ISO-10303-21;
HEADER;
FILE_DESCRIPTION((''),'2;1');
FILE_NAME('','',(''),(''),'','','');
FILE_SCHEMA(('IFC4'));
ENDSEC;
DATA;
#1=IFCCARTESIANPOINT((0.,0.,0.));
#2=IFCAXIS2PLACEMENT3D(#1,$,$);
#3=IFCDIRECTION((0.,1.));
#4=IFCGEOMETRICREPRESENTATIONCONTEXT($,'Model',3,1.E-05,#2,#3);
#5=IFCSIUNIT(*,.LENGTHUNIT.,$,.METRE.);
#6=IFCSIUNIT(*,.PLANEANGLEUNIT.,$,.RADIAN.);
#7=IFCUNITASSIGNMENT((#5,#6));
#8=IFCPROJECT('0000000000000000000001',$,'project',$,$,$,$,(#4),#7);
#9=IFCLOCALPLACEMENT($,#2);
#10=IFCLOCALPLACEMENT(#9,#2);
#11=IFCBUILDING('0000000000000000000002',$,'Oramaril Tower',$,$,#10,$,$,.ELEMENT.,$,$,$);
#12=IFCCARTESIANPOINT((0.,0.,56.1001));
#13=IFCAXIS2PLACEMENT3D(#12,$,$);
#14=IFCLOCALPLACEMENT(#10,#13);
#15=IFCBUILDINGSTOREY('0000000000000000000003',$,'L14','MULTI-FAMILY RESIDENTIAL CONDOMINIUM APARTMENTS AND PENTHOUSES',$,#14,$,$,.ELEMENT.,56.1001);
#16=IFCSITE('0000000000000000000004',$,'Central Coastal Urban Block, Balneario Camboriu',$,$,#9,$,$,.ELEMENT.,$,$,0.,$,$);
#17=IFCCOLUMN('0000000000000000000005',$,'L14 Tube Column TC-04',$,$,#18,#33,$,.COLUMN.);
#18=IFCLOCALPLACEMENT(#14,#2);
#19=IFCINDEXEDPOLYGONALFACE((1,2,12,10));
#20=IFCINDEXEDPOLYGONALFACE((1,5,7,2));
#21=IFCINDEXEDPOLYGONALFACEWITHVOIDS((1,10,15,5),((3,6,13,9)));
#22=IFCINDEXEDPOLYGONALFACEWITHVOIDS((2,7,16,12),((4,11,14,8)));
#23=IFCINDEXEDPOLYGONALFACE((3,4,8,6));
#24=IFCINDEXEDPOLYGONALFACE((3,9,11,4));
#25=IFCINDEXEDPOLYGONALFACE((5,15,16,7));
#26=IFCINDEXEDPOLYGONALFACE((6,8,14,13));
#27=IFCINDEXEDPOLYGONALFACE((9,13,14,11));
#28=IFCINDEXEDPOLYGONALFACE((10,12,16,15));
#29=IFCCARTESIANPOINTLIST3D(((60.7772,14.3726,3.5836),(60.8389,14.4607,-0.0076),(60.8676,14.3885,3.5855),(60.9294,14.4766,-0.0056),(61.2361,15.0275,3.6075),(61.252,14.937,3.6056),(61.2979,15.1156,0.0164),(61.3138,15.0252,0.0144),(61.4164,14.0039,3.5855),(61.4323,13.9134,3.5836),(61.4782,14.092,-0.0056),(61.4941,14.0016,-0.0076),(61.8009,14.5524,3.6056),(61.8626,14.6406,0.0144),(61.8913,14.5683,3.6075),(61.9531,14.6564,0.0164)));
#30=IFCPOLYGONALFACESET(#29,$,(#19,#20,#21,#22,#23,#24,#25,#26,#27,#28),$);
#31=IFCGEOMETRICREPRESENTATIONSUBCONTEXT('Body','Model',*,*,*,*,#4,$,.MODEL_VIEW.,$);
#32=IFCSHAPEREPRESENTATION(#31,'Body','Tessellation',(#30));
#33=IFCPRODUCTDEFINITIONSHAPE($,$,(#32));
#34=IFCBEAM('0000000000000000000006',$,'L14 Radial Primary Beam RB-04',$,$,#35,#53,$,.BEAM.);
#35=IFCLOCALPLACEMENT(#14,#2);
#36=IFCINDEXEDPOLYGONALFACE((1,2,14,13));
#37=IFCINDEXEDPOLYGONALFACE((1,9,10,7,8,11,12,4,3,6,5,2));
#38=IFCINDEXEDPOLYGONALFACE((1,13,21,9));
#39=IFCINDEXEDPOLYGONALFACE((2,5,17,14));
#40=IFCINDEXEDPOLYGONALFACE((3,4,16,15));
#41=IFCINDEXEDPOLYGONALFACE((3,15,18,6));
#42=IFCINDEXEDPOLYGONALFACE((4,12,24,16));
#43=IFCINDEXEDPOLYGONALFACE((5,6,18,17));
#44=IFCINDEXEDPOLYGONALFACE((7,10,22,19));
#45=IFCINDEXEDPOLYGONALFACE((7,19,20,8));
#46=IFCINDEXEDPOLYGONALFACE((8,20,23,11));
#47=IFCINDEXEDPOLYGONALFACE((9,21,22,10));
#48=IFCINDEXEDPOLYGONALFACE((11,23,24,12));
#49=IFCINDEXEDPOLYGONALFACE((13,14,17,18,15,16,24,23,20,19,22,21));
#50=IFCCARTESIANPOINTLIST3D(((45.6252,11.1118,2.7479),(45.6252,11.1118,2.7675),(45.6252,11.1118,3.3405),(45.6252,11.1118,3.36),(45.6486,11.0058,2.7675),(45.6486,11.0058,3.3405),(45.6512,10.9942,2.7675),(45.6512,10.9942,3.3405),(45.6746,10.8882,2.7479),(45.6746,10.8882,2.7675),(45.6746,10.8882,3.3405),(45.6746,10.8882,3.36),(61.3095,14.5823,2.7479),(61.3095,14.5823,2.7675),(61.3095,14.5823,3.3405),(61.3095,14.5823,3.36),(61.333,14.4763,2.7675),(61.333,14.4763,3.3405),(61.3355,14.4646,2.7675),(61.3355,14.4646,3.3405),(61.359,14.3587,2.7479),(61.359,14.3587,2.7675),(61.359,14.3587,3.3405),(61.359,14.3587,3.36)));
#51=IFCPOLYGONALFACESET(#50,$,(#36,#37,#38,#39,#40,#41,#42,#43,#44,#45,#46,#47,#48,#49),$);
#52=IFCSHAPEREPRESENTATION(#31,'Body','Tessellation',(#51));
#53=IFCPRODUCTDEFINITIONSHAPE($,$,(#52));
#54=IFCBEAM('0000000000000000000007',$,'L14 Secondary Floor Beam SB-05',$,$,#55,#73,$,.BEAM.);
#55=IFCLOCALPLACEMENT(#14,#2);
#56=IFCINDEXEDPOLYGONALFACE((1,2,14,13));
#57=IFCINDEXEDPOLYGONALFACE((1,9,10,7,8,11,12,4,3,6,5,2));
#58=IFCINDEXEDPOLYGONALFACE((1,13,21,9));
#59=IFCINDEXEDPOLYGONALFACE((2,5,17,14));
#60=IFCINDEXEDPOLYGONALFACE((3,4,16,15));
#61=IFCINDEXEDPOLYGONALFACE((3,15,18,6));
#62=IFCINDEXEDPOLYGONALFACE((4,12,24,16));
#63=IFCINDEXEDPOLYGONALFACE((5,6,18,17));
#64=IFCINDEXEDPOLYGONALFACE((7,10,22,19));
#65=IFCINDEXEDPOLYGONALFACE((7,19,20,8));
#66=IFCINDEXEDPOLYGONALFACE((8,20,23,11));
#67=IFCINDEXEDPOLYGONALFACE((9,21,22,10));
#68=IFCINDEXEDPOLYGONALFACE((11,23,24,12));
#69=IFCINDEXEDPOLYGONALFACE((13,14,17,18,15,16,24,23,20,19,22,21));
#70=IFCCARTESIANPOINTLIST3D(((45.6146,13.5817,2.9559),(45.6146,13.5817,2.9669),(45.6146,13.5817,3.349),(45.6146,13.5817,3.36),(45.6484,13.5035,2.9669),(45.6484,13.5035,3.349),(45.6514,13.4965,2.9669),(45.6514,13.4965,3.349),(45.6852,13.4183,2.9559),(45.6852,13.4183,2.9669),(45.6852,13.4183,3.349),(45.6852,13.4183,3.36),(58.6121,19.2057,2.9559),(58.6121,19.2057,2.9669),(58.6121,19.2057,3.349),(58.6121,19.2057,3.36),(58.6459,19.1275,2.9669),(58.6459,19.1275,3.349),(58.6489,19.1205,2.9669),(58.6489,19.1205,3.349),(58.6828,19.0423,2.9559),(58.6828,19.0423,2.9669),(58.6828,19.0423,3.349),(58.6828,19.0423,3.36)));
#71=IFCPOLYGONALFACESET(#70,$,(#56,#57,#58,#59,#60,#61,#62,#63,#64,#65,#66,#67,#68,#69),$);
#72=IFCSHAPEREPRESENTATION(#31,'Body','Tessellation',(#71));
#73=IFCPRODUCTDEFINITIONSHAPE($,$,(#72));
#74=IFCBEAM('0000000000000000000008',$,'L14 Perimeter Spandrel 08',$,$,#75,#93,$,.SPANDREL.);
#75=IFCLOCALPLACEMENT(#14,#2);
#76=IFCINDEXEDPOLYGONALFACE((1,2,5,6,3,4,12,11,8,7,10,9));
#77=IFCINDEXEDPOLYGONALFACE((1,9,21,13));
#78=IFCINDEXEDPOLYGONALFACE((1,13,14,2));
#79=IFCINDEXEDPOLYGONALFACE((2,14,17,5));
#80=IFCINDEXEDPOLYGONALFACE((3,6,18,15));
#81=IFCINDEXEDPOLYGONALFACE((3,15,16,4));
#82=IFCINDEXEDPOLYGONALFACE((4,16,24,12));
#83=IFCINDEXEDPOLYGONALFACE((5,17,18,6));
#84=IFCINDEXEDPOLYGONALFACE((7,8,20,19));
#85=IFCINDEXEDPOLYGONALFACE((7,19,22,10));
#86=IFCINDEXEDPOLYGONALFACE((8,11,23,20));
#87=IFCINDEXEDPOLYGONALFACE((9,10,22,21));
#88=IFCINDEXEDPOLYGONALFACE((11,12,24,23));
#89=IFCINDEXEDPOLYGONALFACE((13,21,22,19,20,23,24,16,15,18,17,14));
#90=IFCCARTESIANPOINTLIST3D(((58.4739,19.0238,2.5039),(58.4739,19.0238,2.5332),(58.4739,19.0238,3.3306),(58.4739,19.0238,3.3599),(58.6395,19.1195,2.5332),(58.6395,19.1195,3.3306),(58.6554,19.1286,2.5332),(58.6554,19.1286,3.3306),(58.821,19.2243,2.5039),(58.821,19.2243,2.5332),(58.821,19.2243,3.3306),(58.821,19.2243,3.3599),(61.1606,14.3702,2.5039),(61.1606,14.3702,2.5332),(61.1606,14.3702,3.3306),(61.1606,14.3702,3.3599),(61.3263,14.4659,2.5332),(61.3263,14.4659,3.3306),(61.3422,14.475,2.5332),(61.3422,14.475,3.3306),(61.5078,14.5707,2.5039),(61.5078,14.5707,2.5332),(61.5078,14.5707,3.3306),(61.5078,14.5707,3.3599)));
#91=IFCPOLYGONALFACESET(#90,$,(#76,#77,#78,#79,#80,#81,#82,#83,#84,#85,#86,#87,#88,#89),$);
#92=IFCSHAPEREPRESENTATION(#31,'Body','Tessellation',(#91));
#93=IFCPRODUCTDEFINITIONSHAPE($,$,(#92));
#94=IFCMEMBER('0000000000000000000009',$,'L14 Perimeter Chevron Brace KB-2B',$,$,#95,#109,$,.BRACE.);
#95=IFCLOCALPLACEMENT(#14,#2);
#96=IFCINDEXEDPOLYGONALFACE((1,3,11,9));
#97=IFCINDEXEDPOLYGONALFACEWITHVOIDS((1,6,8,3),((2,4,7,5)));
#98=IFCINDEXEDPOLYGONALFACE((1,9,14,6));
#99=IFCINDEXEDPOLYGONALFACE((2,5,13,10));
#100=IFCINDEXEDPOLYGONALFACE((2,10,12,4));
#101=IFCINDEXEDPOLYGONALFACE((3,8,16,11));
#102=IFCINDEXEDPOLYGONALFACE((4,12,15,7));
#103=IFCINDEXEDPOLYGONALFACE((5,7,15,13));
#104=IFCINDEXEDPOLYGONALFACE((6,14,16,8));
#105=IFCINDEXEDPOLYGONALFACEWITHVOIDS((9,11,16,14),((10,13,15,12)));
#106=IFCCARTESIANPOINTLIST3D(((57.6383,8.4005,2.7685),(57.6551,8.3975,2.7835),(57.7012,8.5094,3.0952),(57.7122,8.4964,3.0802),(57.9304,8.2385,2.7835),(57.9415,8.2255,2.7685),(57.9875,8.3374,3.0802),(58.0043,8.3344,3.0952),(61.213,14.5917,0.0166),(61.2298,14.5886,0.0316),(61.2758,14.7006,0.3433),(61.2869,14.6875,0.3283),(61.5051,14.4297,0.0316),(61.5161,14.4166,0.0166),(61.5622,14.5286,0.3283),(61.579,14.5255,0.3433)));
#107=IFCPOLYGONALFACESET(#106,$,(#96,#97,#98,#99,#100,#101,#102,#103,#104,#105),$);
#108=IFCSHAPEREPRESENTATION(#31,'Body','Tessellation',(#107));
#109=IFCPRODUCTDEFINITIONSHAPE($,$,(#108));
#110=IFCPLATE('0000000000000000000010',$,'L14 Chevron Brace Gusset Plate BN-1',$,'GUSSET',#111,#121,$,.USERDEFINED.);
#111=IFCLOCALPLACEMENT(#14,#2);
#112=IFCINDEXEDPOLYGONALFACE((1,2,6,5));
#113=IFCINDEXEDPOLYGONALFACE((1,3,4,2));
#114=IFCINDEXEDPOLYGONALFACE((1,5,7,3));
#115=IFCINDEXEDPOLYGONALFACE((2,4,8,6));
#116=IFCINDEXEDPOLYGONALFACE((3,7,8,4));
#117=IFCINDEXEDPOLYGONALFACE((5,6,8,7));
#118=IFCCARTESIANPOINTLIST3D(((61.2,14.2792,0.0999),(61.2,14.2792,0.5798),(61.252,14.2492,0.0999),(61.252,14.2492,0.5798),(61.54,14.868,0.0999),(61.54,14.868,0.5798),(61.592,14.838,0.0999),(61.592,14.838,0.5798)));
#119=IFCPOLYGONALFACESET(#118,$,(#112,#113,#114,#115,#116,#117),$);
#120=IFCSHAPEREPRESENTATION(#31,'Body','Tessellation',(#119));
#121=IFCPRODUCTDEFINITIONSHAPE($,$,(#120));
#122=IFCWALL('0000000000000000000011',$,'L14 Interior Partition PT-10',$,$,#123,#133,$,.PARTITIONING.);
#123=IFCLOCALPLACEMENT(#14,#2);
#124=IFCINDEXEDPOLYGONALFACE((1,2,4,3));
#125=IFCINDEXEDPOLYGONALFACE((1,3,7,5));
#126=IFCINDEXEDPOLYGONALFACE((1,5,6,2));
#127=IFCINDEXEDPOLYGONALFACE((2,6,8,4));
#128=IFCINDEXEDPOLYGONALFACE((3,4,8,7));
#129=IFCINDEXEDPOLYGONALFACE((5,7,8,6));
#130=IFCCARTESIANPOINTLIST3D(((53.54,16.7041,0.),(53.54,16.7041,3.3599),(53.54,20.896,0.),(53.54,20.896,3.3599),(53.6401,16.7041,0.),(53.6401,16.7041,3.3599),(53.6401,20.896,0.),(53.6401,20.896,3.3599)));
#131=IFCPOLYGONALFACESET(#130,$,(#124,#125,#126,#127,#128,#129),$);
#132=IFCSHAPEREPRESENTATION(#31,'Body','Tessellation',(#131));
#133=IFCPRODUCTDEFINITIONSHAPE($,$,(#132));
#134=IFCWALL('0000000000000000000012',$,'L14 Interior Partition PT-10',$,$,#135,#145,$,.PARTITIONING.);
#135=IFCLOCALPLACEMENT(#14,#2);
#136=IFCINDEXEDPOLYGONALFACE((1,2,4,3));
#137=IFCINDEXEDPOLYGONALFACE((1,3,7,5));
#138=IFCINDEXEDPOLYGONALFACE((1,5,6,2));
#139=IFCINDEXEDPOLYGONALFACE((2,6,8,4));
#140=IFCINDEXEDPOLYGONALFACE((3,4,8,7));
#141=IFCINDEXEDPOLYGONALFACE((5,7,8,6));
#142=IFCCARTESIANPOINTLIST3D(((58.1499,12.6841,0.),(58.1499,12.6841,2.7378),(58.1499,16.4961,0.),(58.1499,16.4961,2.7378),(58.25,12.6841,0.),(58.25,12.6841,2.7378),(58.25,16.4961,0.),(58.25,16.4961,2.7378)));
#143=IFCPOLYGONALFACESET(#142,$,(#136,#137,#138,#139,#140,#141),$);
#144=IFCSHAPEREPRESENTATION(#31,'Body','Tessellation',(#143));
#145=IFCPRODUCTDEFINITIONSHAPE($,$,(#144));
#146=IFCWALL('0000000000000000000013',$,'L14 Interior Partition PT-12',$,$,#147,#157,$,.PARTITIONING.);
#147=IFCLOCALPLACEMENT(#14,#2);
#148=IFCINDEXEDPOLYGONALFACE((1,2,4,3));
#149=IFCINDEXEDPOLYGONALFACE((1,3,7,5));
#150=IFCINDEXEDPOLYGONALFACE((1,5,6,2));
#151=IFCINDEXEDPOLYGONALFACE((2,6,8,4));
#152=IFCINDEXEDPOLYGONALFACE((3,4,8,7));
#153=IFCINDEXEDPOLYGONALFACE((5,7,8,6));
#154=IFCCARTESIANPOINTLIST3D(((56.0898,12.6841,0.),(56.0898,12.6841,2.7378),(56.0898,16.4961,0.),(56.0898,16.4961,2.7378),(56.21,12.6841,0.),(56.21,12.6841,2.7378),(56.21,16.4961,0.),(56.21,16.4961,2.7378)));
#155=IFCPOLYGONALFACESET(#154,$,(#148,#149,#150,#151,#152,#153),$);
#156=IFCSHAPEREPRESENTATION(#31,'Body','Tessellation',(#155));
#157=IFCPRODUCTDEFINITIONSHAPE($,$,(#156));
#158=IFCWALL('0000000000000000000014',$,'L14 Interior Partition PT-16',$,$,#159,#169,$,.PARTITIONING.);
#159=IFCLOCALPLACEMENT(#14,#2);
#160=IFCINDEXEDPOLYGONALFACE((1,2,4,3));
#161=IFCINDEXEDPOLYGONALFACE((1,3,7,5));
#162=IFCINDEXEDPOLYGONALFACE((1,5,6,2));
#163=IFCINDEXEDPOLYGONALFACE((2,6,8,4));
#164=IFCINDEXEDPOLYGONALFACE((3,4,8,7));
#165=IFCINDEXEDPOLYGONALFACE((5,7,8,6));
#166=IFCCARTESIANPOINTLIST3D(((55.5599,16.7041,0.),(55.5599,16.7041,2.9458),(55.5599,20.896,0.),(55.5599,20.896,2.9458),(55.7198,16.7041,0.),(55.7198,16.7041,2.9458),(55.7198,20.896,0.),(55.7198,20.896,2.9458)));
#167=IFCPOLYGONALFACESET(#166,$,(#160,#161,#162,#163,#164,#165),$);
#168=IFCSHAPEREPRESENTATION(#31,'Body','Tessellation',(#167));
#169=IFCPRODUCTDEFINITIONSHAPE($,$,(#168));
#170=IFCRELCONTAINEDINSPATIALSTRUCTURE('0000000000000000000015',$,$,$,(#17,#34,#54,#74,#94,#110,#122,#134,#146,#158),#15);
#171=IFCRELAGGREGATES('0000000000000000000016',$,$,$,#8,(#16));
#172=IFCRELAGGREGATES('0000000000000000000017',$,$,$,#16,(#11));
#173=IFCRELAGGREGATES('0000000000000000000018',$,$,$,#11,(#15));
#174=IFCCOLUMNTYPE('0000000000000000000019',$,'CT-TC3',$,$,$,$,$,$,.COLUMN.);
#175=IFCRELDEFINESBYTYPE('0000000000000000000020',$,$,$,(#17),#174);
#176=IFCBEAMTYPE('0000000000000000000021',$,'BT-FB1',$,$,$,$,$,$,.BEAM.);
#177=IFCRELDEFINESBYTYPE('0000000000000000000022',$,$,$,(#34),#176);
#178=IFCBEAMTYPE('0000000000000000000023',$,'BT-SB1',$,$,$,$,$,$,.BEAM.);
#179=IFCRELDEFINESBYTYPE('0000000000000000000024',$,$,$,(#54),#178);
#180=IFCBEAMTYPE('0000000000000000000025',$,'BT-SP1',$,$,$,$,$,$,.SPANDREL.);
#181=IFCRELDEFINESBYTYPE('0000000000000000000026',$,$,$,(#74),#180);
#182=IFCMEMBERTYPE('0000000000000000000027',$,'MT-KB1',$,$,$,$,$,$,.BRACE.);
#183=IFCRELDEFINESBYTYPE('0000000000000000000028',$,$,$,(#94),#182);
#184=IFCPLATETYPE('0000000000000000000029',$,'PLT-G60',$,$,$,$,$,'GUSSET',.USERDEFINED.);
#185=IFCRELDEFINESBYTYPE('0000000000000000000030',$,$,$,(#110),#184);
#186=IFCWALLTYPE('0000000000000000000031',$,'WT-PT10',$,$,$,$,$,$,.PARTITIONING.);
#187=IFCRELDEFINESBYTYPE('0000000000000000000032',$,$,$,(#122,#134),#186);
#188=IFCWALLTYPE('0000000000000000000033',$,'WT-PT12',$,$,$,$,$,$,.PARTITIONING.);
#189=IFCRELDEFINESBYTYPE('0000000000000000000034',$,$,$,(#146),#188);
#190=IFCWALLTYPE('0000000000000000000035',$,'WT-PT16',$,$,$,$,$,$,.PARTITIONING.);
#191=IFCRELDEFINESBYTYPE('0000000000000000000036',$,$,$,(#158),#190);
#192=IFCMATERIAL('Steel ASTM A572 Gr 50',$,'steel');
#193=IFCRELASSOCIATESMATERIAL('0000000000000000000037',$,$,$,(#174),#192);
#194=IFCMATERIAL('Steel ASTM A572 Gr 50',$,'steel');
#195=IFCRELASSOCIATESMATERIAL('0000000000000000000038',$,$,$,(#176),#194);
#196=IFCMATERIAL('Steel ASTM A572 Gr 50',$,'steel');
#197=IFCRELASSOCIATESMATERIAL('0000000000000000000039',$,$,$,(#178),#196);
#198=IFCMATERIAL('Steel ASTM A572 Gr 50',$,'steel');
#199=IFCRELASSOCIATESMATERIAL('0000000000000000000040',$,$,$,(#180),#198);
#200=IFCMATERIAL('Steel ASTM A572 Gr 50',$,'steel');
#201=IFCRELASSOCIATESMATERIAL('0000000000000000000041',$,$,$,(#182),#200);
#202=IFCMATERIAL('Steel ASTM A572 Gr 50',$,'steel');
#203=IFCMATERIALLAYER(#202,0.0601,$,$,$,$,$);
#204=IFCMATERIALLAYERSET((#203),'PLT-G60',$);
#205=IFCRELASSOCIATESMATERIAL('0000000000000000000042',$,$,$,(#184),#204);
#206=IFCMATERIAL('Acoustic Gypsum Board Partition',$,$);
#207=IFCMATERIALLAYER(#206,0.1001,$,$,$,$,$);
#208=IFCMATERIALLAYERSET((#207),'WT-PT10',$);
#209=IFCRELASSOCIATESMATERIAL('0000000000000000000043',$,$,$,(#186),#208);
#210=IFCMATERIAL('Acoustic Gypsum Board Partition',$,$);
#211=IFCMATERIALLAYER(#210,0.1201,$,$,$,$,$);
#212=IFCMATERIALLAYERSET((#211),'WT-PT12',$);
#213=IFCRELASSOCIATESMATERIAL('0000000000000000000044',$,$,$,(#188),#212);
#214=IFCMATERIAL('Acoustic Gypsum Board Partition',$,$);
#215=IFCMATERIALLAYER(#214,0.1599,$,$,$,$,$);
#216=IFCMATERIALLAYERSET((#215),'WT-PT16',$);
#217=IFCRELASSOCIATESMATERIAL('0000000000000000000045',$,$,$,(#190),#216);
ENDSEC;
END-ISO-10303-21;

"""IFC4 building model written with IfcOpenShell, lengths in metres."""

from ifc_helpers import new_model, si_unit, direction, frame, frame_2d, origin, origin_2d, place, context, subcontext, project, spatial, rectangle, hollow_rectangle, i_section, extrude, material, layer, layer_set, material_profile, profile_set, type_object, element, save


model = new_model("IFC4")

# Units and contexts
model_context = context("Model", 3, precision=1e-05, world=origin(), true_north=direction((0.0, 1.0)))
body_context = subcontext(model_context, "Body", "Model", "MODEL_VIEW")
ifc_project = project(units=[si_unit("LENGTHUNIT", "METRE"), si_unit("PLANEANGLEUNIT", "RADIAN")], contexts=[model_context])

# Site, building, storey
site_placement = place(None, origin())
site = spatial("IfcSite", under=ifc_project, at=site_placement, Name="Central Coastal Urban Block, Balneario Camboriu", CompositionType="ELEMENT", RefElevation=0.0)
building_placement = place(site_placement, origin())
building = spatial("IfcBuilding", under=site, at=building_placement, Name="Oramaril Tower", CompositionType="ELEMENT")
storey_placement = place(building_placement, frame((0.0, 0.0, 56.1001)))
storey = spatial("IfcBuildingStorey", under=building, at=storey_placement, Name="L14", Description="MULTI-FAMILY RESIDENTIAL CONDOMINIUM APARTMENTS AND PENTHOUSES", CompositionType="ELEMENT", Elevation=56.1001)

# Column
ifc_material_1 = material(Name="Steel ASTM A572 Gr 50", Category="steel")
ifc_material_profile_1 = material_profile(ifc_material_1, hollow_rectangle(XDim=0.8, YDim=0.8, WallThickness=0.0649, at=origin_2d()), Name="BOX800X800X65")
ifc_profile_set_1 = profile_set([ifc_material_profile_1], Name="Steel ASTM A572 Gr 50")
column_type = type_object("IfcColumnType", Name="CT-TC3", PredefinedType="COLUMN", material=ifc_profile_set_1)
column_placement = place(storey_placement, frame((61.396, 14.5586, 0.0044), z_axis=(-0.017193, -0.024532, 0.999551), x_axis=(0.818912, -0.573919, 0.0)))
element("IfcColumn", 1, at=column_placement, inside=storey, type_object=column_type, Name="L14 Tube Column TC-04", PredefinedType="COLUMN", context=body_context, shape_type="SweptSolid", body=[
    extrude(hollow_rectangle(XDim=0.8, YDim=0.8, WallThickness=0.0649, at=origin_2d()), origin(), (0.0, 0.0, 1.0), 3.5928),
])

# Beams
ifc_material_2 = material(Name="Steel ASTM A572 Gr 50", Category="steel")
ifc_material_profile_2 = material_profile(ifc_material_2, i_section(OverallWidth=0.229, OverallDepth=0.6121, WebThickness=0.012, FlangeThickness=0.0195, at=origin_2d()), Name="W24X84")
ifc_profile_set_2 = profile_set([ifc_material_profile_2], Name="Steel ASTM A572 Gr 50")
beam_type_1 = type_object("IfcBeamType", Name="BT-FB1", PredefinedType="BEAM", material=ifc_profile_set_2)
beam_1_placement = place(storey_placement, frame((45.6499, 11.0, 3.054), z_axis=(0.976384, 0.216044, 0.0), x_axis=(-0.216044, 0.976384, 0.0)))
element("IfcBeam", 2, at=beam_1_placement, inside=storey, type_object=beam_type_1, Name="L14 Radial Primary Beam RB-04", PredefinedType="BEAM", context=body_context, shape_type="SweptSolid", body=[
    extrude(i_section(OverallWidth=0.229, OverallDepth=0.6121, WebThickness=0.012, FlangeThickness=0.0195, at=origin_2d()), origin(), (0.0, 0.0, 1.0), 16.0637),
])
ifc_material_3 = material(Name="Steel ASTM A572 Gr 50", Category="steel")
ifc_material_profile_3 = material_profile(ifc_material_3, i_section(OverallWidth=0.178, OverallDepth=0.4041, WebThickness=0.0076, FlangeThickness=0.011, at=origin_2d()), Name="W16X36")
ifc_profile_set_3 = profile_set([ifc_material_profile_3], Name="Steel ASTM A572 Gr 50")
beam_type_2 = type_object("IfcBeamType", Name="BT-SB1", PredefinedType="BEAM", material=ifc_profile_set_3)
beam_2_placement = place(storey_placement, frame((45.6499, 13.5, 3.158), z_axis=(0.917768, 0.397117, 0.0), x_axis=(-0.397117, 0.917768, 0.0)))
element("IfcBeam", 3, at=beam_2_placement, inside=storey, type_object=beam_type_2, Name="L14 Secondary Floor Beam SB-05", PredefinedType="BEAM", context=body_context, shape_type="SweptSolid", body=[
    extrude(i_section(OverallWidth=0.178, OverallDepth=0.4041, WebThickness=0.0076, FlangeThickness=0.011, at=origin_2d()), origin(), (0.0, 0.0, 1.0), 14.1621),
])
ifc_material_4 = material(Name="Steel ASTM A572 Gr 50", Category="steel")
ifc_material_profile_4 = material_profile(ifc_material_4, i_section(OverallWidth=0.4009, OverallDepth=0.856, WebThickness=0.0183, FlangeThickness=0.0293, at=origin_2d()), Name="W33X201")
ifc_profile_set_4 = profile_set([ifc_material_profile_4], Name="Steel ASTM A572 Gr 50")
beam_type_3 = type_object("IfcBeamType", Name="BT-SP1", PredefinedType="SPANDREL", material=ifc_profile_set_4)
beam_3_placement = place(storey_placement, frame((61.3342, 14.4705, 2.9319), z_axis=(-0.500004, 0.866023, 0.0), x_axis=(-0.866023, -0.500004, 0.0)))
element("IfcBeam", 4, at=beam_3_placement, inside=storey, type_object=beam_type_3, Name="L14 Perimeter Spandrel 08", PredefinedType="SPANDREL", context=body_context, shape_type="SweptSolid", body=[
    extrude(i_section(OverallWidth=0.4009, OverallDepth=0.856, WebThickness=0.0183, FlangeThickness=0.0293, at=origin_2d()), origin(), (0.0, 0.0, 1.0), 5.3735),
])

# Member
ifc_material_5 = material(Name="Steel ASTM A572 Gr 50", Category="steel")
ifc_material_profile_5 = material_profile(ifc_material_5, hollow_rectangle(XDim=0.3501, YDim=0.3501, WallThickness=0.0161, at=origin_2d()), Name="HSS350X350X16")
ifc_profile_set_5 = profile_set([ifc_material_profile_5], Name="Steel ASTM A572 Gr 50")
member_type = type_object("IfcMemberType", Name="MT-KB1", PredefinedType="BRACE", material=ifc_profile_set_5)
member_placement = place(storey_placement, frame((61.396, 14.5586, 0.1799), z_axis=(-0.466645, -0.8082, 0.359242), x_axis=(0.866011, -0.500025, 0.0)))
element("IfcMember", 5, at=member_placement, inside=storey, type_object=member_type, Name="L14 Perimeter Chevron Brace KB-2B", PredefinedType="BRACE", context=body_context, shape_type="SweptSolid", body=[
    extrude(hollow_rectangle(XDim=0.3501, YDim=0.3501, WallThickness=0.0161, at=origin_2d()), origin(), (0.0, 0.0, 1.0), 7.6604),
])

# Plate
ifc_material_6 = material(Name="Steel ASTM A572 Gr 50", Category="steel")
ifc_layer_1 = layer(ifc_material_6, 0.0601)
ifc_layer_set_1 = layer_set([ifc_layer_1], Name="PLT-G60")
plate_type = type_object("IfcPlateType", Name="PLT-G60", ElementType="GUSSET", PredefinedType="USERDEFINED", material=ifc_layer_set_1)
plate_placement = place(storey_placement, frame((61.396, 14.5586, 0.0999), z_axis=(0.0, 0.0, 1.0), x_axis=(0.500002, 0.866025, 0.0)))
element("IfcPlate", 6, at=plate_placement, inside=storey, type_object=plate_type, Name="L14 Chevron Brace Gusset Plate BN-1", ObjectType="GUSSET", PredefinedType="USERDEFINED", context=body_context, shape_type="SweptSolid", body=[
    extrude(rectangle(XDim=0.6799, YDim=0.0601, at=origin_2d()), origin(), (0.0, 0.0, 1.0), 0.48),
])

# Walls
ifc_material_7 = material(Name="Acoustic Gypsum Board Partition")
ifc_layer_2 = layer(ifc_material_7, 0.1001)
ifc_layer_set_2 = layer_set([ifc_layer_2], Name="WT-PT10")
wall_type_1 = type_object("IfcWallType", Name="WT-PT10", PredefinedType="PARTITIONING", material=ifc_layer_set_2)
wall_1_placement = place(storey_placement, frame((53.5901, 16.7041, 0.0), z_axis=(0.0, 0.0, 1.0), x_axis=(0.0, 1.0, 0.0)))
element("IfcWall", 7, at=wall_1_placement, inside=storey, type_object=wall_type_1, Name="L14 Interior Partition PT-10", PredefinedType="PARTITIONING", context=body_context, shape_type="SweptSolid", body=[
    extrude(rectangle(XDim=4.1919, YDim=0.1001, at=frame_2d((2.0959, 0.0))), origin(), (0.0, 0.0, 1.0), 3.3599),
])
wall_2_placement = place(storey_placement, frame((58.2, 12.6841, 0.0), z_axis=(0.0, 0.0, 1.0), x_axis=(0.0, 1.0, 0.0)))
element("IfcWall", 8, at=wall_2_placement, inside=storey, type_object=wall_type_1, Name="L14 Interior Partition PT-10", PredefinedType="PARTITIONING", context=body_context, shape_type="SweptSolid", body=[
    extrude(rectangle(XDim=3.812, YDim=0.1001, at=frame_2d((1.906, 0.0))), origin(), (0.0, 0.0, 1.0), 2.7378),
])
ifc_material_8 = material(Name="Acoustic Gypsum Board Partition")
ifc_layer_3 = layer(ifc_material_8, 0.1201)
ifc_layer_set_3 = layer_set([ifc_layer_3], Name="WT-PT12")
wall_type_2 = type_object("IfcWallType", Name="WT-PT12", PredefinedType="PARTITIONING", material=ifc_layer_set_3)
wall_3_placement = place(storey_placement, frame((56.1499, 12.6841, 0.0), z_axis=(0.0, 0.0, 1.0), x_axis=(0.0, 1.0, 0.0)))
element("IfcWall", 9, at=wall_3_placement, inside=storey, type_object=wall_type_2, Name="L14 Interior Partition PT-12", PredefinedType="PARTITIONING", context=body_context, shape_type="SweptSolid", body=[
    extrude(rectangle(XDim=3.812, YDim=0.1201, at=frame_2d((1.906, 0.0))), origin(), (0.0, 0.0, 1.0), 2.7378),
])

# Shared definitions
ifc_material_9 = material(Name="Acoustic Gypsum Board Partition")
ifc_layer_4 = layer(ifc_material_9, 0.1599)
ifc_layer_set_4 = layer_set([ifc_layer_4], Name="WT-PT16")
wall_type_3 = type_object("IfcWallType", Name="WT-PT16", PredefinedType="PARTITIONING", material=ifc_layer_set_4)

# Wall
wall_4_placement = place(storey_placement, frame((55.6399, 16.7041, 0.0), z_axis=(0.0, 0.0, 1.0), x_axis=(0.0, 1.0, 0.0)))
element("IfcWall", 10, at=wall_4_placement, inside=storey, type_object=wall_type_3, Name="L14 Interior Partition PT-16", PredefinedType="PARTITIONING", context=body_context, shape_type="SweptSolid", body=[
    extrude(rectangle(XDim=4.1919, YDim=0.1599, at=frame_2d((2.0959, 0.0))), origin(), (0.0, 0.0, 1.0), 2.9458),
])

save(model, "model.ifc")
